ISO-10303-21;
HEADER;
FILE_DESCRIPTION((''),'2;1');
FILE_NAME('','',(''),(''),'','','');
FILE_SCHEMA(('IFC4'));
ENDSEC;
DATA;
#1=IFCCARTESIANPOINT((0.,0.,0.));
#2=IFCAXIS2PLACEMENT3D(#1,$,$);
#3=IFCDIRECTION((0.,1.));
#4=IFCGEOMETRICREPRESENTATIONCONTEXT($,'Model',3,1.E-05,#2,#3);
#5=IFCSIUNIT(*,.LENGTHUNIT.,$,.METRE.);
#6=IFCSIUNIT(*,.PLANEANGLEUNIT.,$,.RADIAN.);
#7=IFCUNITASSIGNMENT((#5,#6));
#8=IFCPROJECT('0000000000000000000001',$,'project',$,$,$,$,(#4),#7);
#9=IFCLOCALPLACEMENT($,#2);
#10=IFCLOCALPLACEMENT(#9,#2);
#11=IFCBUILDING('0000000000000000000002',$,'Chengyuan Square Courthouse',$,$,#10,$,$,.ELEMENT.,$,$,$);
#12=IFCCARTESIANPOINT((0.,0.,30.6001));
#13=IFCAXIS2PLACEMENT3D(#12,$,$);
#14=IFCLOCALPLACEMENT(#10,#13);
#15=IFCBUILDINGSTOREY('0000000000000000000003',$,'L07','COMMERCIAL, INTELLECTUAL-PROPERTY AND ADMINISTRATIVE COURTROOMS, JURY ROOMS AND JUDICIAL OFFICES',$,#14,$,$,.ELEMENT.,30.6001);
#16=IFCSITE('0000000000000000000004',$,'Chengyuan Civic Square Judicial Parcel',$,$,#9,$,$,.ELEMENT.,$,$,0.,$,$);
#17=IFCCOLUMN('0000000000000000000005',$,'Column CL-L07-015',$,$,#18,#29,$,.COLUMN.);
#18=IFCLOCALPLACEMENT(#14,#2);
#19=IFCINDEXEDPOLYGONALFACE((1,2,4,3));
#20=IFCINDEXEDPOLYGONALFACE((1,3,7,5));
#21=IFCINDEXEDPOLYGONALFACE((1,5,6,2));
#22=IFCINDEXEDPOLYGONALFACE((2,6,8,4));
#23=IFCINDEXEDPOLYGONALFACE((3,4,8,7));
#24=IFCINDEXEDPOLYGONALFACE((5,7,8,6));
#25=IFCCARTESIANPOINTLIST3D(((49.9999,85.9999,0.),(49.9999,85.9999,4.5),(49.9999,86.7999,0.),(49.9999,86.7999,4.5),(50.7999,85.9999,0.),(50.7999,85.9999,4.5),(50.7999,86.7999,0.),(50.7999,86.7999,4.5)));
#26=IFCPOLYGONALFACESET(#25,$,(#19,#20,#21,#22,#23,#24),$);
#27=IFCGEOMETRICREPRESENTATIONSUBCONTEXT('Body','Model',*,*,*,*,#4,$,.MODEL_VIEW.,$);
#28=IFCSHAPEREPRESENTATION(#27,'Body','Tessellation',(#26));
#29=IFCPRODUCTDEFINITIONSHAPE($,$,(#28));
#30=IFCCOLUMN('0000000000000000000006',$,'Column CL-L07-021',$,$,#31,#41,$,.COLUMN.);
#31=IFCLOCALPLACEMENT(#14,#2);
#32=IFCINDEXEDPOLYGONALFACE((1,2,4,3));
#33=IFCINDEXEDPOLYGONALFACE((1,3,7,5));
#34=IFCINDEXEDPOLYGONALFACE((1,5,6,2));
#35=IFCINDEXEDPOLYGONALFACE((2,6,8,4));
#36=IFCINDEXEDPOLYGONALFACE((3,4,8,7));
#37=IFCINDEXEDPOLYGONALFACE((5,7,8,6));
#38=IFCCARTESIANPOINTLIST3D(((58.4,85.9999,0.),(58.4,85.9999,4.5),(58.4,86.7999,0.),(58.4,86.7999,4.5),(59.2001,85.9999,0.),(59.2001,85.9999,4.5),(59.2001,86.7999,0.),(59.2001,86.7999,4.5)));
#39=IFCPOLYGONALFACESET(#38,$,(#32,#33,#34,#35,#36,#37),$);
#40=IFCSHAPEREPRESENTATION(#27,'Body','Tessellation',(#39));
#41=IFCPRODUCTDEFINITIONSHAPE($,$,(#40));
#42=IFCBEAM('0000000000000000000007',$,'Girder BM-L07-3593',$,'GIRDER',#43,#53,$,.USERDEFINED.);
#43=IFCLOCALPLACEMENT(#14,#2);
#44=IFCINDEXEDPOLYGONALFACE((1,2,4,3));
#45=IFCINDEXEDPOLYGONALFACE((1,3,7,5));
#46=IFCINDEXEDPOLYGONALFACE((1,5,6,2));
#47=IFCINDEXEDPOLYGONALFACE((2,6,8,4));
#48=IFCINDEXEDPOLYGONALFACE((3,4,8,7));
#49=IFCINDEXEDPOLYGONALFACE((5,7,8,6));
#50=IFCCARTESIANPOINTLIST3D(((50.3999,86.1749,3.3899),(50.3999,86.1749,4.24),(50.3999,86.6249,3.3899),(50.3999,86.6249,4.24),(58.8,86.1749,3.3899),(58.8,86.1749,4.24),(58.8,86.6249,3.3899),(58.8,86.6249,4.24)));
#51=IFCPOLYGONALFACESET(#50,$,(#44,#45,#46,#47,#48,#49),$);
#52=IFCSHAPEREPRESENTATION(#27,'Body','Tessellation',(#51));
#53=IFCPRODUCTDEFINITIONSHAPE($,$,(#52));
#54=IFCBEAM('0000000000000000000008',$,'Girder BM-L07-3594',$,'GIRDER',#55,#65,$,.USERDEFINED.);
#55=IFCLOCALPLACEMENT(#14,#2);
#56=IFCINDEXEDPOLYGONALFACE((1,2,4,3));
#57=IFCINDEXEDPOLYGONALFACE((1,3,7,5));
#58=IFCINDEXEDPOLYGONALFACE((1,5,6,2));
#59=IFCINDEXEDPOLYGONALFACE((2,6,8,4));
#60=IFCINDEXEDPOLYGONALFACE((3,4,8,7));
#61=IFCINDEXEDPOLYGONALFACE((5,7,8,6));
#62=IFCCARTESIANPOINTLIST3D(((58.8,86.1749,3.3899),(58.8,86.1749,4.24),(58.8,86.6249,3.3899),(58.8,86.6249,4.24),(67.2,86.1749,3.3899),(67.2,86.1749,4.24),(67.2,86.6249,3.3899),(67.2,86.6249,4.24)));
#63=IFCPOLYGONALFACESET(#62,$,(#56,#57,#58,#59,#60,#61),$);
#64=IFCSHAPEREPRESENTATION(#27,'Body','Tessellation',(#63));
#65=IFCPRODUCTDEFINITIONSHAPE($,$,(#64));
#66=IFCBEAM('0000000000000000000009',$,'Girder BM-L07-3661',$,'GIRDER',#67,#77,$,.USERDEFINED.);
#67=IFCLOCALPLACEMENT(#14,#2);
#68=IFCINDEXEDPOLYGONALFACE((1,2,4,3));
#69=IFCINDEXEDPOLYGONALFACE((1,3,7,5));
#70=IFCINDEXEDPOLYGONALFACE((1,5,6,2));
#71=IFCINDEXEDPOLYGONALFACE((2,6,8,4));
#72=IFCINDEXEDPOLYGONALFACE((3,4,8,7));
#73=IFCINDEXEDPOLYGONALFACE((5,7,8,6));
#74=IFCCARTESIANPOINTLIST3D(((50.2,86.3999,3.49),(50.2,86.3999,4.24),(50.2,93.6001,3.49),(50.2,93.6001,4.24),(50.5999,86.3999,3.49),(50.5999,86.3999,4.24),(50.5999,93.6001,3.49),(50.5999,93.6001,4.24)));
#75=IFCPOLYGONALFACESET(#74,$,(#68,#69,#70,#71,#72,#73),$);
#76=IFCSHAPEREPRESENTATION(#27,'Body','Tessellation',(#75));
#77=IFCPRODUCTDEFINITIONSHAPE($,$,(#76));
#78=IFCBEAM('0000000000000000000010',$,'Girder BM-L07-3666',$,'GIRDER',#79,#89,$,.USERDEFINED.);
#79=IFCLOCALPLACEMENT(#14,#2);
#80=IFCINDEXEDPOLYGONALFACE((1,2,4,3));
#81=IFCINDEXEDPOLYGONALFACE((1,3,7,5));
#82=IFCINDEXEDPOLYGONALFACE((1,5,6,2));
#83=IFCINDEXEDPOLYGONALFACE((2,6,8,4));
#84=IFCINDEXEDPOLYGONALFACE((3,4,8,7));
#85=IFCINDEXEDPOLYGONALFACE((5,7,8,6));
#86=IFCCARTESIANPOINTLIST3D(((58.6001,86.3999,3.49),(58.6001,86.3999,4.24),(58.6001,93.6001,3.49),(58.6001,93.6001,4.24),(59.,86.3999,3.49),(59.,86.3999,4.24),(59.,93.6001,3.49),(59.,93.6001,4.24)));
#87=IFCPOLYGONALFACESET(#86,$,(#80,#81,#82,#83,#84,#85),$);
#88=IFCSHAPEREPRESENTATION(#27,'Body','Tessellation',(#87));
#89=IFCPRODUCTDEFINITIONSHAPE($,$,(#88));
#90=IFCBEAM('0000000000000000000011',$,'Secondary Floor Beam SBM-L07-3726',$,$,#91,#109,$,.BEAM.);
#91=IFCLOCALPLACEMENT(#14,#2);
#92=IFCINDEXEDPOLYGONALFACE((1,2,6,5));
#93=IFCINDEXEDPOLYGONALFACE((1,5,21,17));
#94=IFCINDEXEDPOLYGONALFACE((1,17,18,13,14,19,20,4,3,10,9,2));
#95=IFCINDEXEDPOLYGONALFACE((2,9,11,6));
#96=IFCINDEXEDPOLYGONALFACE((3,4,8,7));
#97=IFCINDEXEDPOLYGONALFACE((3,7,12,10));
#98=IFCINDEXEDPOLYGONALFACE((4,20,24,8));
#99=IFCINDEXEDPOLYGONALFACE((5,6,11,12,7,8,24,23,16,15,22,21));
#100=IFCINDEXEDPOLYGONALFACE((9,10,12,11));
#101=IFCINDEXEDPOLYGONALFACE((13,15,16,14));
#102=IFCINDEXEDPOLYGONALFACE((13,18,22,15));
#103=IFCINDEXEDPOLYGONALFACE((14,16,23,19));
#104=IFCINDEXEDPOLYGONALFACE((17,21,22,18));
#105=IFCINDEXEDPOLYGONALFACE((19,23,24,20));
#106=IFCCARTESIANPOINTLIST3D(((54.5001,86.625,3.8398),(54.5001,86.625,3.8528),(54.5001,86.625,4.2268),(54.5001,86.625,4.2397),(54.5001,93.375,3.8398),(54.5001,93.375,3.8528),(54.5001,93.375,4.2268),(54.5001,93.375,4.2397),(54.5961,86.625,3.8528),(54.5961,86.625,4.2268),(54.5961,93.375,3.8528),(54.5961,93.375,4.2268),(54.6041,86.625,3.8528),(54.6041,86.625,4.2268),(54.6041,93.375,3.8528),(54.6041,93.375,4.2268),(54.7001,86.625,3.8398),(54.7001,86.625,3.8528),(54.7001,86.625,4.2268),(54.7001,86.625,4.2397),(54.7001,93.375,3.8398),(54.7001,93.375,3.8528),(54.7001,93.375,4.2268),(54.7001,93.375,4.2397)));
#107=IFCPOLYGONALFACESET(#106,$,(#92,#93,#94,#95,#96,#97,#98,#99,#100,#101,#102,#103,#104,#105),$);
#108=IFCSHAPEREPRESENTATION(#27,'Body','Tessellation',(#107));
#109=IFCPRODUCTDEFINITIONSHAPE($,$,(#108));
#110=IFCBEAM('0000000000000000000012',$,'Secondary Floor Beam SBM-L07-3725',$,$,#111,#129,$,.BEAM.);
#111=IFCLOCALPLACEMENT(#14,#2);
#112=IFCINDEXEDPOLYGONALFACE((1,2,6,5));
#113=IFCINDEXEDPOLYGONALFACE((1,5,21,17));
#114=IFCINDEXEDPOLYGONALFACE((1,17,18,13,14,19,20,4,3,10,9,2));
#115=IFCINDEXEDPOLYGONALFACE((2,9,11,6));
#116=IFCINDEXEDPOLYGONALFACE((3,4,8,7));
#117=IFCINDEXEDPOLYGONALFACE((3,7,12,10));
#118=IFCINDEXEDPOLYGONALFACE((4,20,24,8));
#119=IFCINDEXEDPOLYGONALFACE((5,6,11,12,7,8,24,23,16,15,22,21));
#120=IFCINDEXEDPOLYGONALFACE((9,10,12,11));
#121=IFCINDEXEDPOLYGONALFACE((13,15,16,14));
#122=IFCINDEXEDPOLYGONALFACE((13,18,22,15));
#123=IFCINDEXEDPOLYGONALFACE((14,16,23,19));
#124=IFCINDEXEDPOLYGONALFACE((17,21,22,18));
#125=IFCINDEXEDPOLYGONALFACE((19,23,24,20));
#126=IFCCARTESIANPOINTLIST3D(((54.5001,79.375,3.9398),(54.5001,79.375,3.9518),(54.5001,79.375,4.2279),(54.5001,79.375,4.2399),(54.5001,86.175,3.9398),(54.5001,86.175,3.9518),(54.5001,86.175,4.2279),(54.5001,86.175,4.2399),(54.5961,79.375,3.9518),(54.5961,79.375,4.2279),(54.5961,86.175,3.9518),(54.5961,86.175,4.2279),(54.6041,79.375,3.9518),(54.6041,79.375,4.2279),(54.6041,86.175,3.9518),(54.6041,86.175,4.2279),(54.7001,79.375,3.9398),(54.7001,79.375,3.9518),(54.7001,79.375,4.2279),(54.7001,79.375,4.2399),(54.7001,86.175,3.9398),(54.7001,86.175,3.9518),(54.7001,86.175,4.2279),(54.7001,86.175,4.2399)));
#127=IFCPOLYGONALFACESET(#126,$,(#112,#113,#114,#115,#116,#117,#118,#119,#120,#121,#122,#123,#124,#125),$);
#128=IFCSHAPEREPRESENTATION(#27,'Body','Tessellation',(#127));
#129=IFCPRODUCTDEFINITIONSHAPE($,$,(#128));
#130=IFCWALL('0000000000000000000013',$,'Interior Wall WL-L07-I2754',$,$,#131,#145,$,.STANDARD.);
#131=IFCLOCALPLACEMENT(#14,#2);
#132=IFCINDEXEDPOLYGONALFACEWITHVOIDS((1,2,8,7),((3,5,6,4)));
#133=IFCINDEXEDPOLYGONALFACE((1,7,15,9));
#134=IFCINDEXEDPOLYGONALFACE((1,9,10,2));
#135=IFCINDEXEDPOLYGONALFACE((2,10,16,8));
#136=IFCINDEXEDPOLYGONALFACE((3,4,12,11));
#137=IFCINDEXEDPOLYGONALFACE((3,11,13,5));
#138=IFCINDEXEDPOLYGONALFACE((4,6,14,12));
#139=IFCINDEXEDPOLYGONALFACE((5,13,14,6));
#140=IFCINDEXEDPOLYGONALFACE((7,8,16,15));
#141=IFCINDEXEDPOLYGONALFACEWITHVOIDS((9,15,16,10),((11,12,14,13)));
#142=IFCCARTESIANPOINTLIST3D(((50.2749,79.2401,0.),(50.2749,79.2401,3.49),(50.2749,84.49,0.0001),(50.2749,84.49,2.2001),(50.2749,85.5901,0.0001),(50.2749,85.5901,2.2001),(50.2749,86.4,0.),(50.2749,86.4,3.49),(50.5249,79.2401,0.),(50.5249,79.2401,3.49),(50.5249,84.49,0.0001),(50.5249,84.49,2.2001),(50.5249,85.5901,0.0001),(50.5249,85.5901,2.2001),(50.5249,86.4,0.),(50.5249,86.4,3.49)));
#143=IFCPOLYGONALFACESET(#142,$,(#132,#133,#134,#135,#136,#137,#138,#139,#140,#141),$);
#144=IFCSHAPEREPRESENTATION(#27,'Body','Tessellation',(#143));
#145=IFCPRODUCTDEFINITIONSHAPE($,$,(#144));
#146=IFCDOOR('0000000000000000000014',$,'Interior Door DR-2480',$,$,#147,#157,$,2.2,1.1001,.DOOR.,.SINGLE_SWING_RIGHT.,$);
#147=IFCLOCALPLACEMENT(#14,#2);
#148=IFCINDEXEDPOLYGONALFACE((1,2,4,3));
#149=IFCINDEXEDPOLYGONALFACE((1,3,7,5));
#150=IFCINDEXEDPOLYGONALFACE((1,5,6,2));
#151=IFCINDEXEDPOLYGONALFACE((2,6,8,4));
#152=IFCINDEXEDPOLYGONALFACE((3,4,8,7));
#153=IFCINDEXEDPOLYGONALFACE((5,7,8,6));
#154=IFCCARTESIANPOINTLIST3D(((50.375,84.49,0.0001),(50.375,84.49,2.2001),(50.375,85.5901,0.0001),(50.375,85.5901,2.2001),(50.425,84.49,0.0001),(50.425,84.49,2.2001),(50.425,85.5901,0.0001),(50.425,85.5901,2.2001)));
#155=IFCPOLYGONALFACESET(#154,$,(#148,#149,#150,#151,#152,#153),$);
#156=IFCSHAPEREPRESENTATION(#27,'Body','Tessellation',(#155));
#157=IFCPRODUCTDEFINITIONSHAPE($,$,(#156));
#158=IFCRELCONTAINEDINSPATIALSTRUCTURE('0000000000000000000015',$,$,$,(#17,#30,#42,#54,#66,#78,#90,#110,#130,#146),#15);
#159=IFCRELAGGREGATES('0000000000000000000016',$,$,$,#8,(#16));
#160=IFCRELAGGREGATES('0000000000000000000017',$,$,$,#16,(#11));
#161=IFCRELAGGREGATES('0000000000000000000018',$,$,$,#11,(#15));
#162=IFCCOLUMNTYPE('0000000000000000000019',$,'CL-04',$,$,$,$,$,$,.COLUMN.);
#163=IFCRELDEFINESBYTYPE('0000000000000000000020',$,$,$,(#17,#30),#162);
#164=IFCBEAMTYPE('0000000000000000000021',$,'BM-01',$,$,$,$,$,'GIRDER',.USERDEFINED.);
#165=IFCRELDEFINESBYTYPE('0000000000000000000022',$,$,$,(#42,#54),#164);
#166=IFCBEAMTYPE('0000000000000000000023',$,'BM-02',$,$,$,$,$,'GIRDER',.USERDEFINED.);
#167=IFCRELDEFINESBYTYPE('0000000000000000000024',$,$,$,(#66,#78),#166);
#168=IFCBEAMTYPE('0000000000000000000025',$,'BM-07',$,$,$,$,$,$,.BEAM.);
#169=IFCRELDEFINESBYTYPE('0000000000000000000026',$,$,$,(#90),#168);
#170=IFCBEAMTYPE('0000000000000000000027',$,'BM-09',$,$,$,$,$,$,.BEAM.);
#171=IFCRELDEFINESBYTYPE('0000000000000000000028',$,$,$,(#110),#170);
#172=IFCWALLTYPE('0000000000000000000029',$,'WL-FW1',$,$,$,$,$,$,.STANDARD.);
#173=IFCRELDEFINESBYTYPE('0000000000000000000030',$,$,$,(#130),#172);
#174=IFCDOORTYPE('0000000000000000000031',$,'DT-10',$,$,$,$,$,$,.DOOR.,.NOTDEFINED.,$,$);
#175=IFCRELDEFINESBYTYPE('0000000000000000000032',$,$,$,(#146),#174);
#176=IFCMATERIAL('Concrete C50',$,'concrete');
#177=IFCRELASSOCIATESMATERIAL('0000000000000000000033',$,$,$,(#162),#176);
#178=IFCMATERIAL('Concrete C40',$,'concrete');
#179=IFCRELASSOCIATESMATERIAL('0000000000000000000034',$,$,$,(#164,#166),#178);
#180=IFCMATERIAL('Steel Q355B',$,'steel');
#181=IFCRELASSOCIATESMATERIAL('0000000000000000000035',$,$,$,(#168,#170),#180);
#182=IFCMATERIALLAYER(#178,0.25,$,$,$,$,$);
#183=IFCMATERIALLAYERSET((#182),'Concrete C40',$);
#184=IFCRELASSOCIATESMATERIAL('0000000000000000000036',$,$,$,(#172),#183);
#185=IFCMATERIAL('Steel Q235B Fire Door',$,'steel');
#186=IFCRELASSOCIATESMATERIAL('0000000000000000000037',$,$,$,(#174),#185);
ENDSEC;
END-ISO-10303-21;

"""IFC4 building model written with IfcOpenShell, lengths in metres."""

from ifc_helpers import new_model, si_unit, direction, frame, frame_2d, origin, origin_2d, place, context, subcontext, project, spatial, rectangle, i_section, extrude, material, layer, layer_set, material_profile, profile_set, type_object, element, fill, save


model = new_model("IFC4")

# Units and contexts
model_context = context("Model", 3, precision=1e-05, world=origin(), true_north=direction((0.0, 1.0)))
body_context = subcontext(model_context, "Body", "Model", "MODEL_VIEW")
ifc_project = project(units=[si_unit("LENGTHUNIT", "METRE"), si_unit("PLANEANGLEUNIT", "RADIAN")], contexts=[model_context])

# Site, building, storey
site_placement = place(None, origin())
site = spatial("IfcSite", under=ifc_project, at=site_placement, Name="Chengyuan Civic Square Judicial Parcel", CompositionType="ELEMENT", RefElevation=0.0)
building_placement = place(site_placement, origin())
building = spatial("IfcBuilding", under=site, at=building_placement, Name="Chengyuan Square Courthouse", CompositionType="ELEMENT")
storey_placement = place(building_placement, frame((0.0, 0.0, 30.6001)))
storey = spatial("IfcBuildingStorey", under=building, at=storey_placement, Name="L07", Description="COMMERCIAL, INTELLECTUAL-PROPERTY AND ADMINISTRATIVE COURTROOMS, JURY ROOMS AND JUDICIAL OFFICES", CompositionType="ELEMENT", Elevation=30.6001)

# Columns
ifc_material_1 = material(Name="Concrete C50", Category="concrete")
ifc_material_profile_1 = material_profile(ifc_material_1, rectangle(XDim=0.8, YDim=0.8, at=origin_2d()), Name="RC-COL-800x800")
ifc_profile_set_1 = profile_set([ifc_material_profile_1], Name="Concrete C50")
column_type = type_object("IfcColumnType", Name="CL-04", PredefinedType="COLUMN", material=ifc_profile_set_1)
for number, where, z_axis, x_axis, name in (
    (1, (50.3999, 86.3999, 0.0), (0.0, 0.0, 1.0), (1.0, 0.0, 0.0), "Column CL-L07-015"),
    (2, (58.8, 86.3999, 0.0), (0.0, 0.0, 1.0), (1.0, 0.0, 0.0), "Column CL-L07-021"),
):
    element("IfcColumn", number, at=place(storey_placement, frame(where, z_axis=z_axis, x_axis=x_axis)), inside=storey, type_object=column_type, Name=name, PredefinedType="COLUMN", context=body_context, shape_type="SweptSolid", body=[
        extrude(rectangle(XDim=0.8, YDim=0.8, at=origin_2d()), origin(), (0.0, 0.0, 1.0), 4.5),
    ])

# Beams
ifc_material_2 = material(Name="Concrete C40", Category="concrete")
ifc_material_profile_2 = material_profile(ifc_material_2, rectangle(XDim=0.45, YDim=0.8501, at=origin_2d()), Name="RC-BM-450x850")
ifc_profile_set_2 = profile_set([ifc_material_profile_2], Name="Concrete C40")
beam_type_1 = type_object("IfcBeamType", Name="BM-01", ElementType="GIRDER", PredefinedType="USERDEFINED", material=ifc_profile_set_2)
beam_1_placement = place(storey_placement, frame((50.3999, 86.3999, 3.8149), z_axis=(1.0, 0.0, 0.0), x_axis=(0.0, 1.0, 0.0)))
element("IfcBeam", 3, at=beam_1_placement, inside=storey, type_object=beam_type_1, Name="Girder BM-L07-3593", ObjectType="GIRDER", PredefinedType="USERDEFINED", context=body_context, shape_type="SweptSolid", body=[
    extrude(rectangle(XDim=0.45, YDim=0.8501, at=origin_2d()), origin(), (0.0, 0.0, 1.0), 8.4001),
])
beam_2_placement = place(storey_placement, frame((58.8, 86.3999, 3.8149), z_axis=(1.0, 0.0, 0.0), x_axis=(0.0, 1.0, 0.0)))
element("IfcBeam", 4, at=beam_2_placement, inside=storey, type_object=beam_type_1, Name="Girder BM-L07-3594", ObjectType="GIRDER", PredefinedType="USERDEFINED", context=body_context, shape_type="SweptSolid", body=[
    extrude(rectangle(XDim=0.45, YDim=0.8501, at=origin_2d()), origin(), (0.0, 0.0, 1.0), 8.3999),
])
ifc_material_profile_3 = material_profile(ifc_material_2, rectangle(XDim=0.3999, YDim=0.75, at=origin_2d()), Name="RC-BM-400x750")
ifc_profile_set_3 = profile_set([ifc_material_profile_3], Name="Concrete C40")
beam_type_2 = type_object("IfcBeamType", Name="BM-02", ElementType="GIRDER", PredefinedType="USERDEFINED", material=ifc_profile_set_3)
for number, where, z_axis, x_axis, name in (
    (5, (50.3999, 86.3999, 3.865), (0.0, 1.0, 0.0), (-1.0, 0.0, 0.0), "Girder BM-L07-3661"),
    (6, (58.8, 86.3999, 3.865), (0.0, 1.0, 0.0), (-1.0, 0.0, 0.0), "Girder BM-L07-3666"),
):
    element("IfcBeam", number, at=place(storey_placement, frame(where, z_axis=z_axis, x_axis=x_axis)), inside=storey, type_object=beam_type_2, Name=name, ObjectType="GIRDER", PredefinedType="USERDEFINED", context=body_context, shape_type="SweptSolid", body=[
        extrude(rectangle(XDim=0.3999, YDim=0.75, at=origin_2d()), origin(), (0.0, 0.0, 1.0), 7.2002),
    ])
ifc_material_3 = material(Name="Steel Q355B", Category="steel")
ifc_material_profile_4 = material_profile(ifc_material_3, i_section(OverallWidth=0.2, OverallDepth=0.3999, WebThickness=0.0081, FlangeThickness=0.0129, at=origin_2d()), Name="HN 400x200x8x13")
ifc_profile_set_4 = profile_set([ifc_material_profile_4], Name="Steel Q355B")
beam_type_3 = type_object("IfcBeamType", Name="BM-07", PredefinedType="BEAM", material=ifc_profile_set_4)
beam_3_placement = place(storey_placement, frame((54.6001, 86.625, 4.0398), z_axis=(0.0, 1.0, 0.0), x_axis=(-1.0, 0.0, 0.0)))
element("IfcBeam", 7, at=beam_3_placement, inside=storey, type_object=beam_type_3, Name="Secondary Floor Beam SBM-L07-3726", PredefinedType="BEAM", context=body_context, shape_type="SweptSolid", body=[
    extrude(i_section(OverallWidth=0.2, OverallDepth=0.3999, WebThickness=0.0081, FlangeThickness=0.0129, at=origin_2d()), origin(), (0.0, 0.0, 1.0), 6.75),
])
ifc_material_profile_5 = material_profile(ifc_material_3, i_section(OverallWidth=0.2, OverallDepth=0.3, WebThickness=0.0081, FlangeThickness=0.012, at=origin_2d()), Name="HM 300x200x8x12")
ifc_profile_set_5 = profile_set([ifc_material_profile_5], Name="Steel Q355B")
beam_type_4 = type_object("IfcBeamType", Name="BM-09", PredefinedType="BEAM", material=ifc_profile_set_5)
beam_4_placement = place(storey_placement, frame((54.6001, 79.375, 4.0898), z_axis=(0.0, 1.0, 0.0), x_axis=(-1.0, 0.0, 0.0)))
element("IfcBeam", 8, at=beam_4_placement, inside=storey, type_object=beam_type_4, Name="Secondary Floor Beam SBM-L07-3725", PredefinedType="BEAM", context=body_context, shape_type="SweptSolid", body=[
    extrude(i_section(OverallWidth=0.2, OverallDepth=0.3, WebThickness=0.0081, FlangeThickness=0.012, at=origin_2d()), origin(), (0.0, 0.0, 1.0), 6.8),
])

# Wall, opening, door
ifc_layer_1 = layer(ifc_material_2, 0.25)
ifc_layer_set_1 = layer_set([ifc_layer_1], Name="Concrete C40")
wall_type_1 = type_object("IfcWallType", Name="WL-FW1", PredefinedType="STANDARD", material=ifc_layer_set_1)
wall_1_placement = place(storey_placement, frame((50.3999, 79.24, 0.0), z_axis=(0.0, 0.0, 1.0), x_axis=(0.0, 1.0, 0.0)))
wall_1 = element("IfcWall", 9, at=wall_1_placement, inside=storey, type_object=wall_type_1, Name="Interior Wall WL-L07-I2754", PredefinedType="STANDARD", context=body_context, shape_type="SweptSolid", body=[
    extrude(rectangle(XDim=7.1599, YDim=0.25, at=frame_2d((3.5801, 0.0))), origin(), (0.0, 0.0, 1.0), 3.49),
])
opening_1_placement = place(wall_1_placement, frame((5.25, 0.0, 0.0)))
opening_1 = element("IfcOpeningElement", 10, at=opening_1_placement, cuts=wall_1, PredefinedType="OPENING", context=body_context, shape_type="SweptSolid", body=[
    extrude(rectangle(XDim=1.1001, YDim=2.2, at=frame_2d((0.55, 1.1001))), frame((0.0, 0.137, 0.0), z_axis=(0.0, -1.0, 0.0), x_axis=(1.0, 0.0, 0.0)), (0.0, 0.0, 1.0), 0.2739),
])
ifc_material_4 = material(Name="Steel Q235B Fire Door", Category="steel")
door_type_1 = type_object("IfcDoorType", Name="DT-10", OperationType="NOTDEFINED", PredefinedType="DOOR", material=ifc_material_4)
door_1_placement = place(opening_1_placement, origin())
door_1 = element("IfcDoor", 11, at=door_1_placement, inside=storey, type_object=door_type_1, Name="Interior Door DR-2480", OperationType="SINGLE_SWING_RIGHT", OverallHeight=2.2, OverallWidth=1.1001, PredefinedType="DOOR", context=body_context, shape_type="SweptSolid", body=[
    extrude(rectangle(XDim=1.1001, YDim=2.2, at=frame_2d((0.55, 1.1001))), frame((0.0, 0.0249, 0.0), z_axis=(0.0, -1.0, 0.0), x_axis=(1.0, 0.0, 0.0)), (0.0, 0.0, 1.0), 0.05),
])
fill(opening_1, door_1)

save(model, "model.ifc")
